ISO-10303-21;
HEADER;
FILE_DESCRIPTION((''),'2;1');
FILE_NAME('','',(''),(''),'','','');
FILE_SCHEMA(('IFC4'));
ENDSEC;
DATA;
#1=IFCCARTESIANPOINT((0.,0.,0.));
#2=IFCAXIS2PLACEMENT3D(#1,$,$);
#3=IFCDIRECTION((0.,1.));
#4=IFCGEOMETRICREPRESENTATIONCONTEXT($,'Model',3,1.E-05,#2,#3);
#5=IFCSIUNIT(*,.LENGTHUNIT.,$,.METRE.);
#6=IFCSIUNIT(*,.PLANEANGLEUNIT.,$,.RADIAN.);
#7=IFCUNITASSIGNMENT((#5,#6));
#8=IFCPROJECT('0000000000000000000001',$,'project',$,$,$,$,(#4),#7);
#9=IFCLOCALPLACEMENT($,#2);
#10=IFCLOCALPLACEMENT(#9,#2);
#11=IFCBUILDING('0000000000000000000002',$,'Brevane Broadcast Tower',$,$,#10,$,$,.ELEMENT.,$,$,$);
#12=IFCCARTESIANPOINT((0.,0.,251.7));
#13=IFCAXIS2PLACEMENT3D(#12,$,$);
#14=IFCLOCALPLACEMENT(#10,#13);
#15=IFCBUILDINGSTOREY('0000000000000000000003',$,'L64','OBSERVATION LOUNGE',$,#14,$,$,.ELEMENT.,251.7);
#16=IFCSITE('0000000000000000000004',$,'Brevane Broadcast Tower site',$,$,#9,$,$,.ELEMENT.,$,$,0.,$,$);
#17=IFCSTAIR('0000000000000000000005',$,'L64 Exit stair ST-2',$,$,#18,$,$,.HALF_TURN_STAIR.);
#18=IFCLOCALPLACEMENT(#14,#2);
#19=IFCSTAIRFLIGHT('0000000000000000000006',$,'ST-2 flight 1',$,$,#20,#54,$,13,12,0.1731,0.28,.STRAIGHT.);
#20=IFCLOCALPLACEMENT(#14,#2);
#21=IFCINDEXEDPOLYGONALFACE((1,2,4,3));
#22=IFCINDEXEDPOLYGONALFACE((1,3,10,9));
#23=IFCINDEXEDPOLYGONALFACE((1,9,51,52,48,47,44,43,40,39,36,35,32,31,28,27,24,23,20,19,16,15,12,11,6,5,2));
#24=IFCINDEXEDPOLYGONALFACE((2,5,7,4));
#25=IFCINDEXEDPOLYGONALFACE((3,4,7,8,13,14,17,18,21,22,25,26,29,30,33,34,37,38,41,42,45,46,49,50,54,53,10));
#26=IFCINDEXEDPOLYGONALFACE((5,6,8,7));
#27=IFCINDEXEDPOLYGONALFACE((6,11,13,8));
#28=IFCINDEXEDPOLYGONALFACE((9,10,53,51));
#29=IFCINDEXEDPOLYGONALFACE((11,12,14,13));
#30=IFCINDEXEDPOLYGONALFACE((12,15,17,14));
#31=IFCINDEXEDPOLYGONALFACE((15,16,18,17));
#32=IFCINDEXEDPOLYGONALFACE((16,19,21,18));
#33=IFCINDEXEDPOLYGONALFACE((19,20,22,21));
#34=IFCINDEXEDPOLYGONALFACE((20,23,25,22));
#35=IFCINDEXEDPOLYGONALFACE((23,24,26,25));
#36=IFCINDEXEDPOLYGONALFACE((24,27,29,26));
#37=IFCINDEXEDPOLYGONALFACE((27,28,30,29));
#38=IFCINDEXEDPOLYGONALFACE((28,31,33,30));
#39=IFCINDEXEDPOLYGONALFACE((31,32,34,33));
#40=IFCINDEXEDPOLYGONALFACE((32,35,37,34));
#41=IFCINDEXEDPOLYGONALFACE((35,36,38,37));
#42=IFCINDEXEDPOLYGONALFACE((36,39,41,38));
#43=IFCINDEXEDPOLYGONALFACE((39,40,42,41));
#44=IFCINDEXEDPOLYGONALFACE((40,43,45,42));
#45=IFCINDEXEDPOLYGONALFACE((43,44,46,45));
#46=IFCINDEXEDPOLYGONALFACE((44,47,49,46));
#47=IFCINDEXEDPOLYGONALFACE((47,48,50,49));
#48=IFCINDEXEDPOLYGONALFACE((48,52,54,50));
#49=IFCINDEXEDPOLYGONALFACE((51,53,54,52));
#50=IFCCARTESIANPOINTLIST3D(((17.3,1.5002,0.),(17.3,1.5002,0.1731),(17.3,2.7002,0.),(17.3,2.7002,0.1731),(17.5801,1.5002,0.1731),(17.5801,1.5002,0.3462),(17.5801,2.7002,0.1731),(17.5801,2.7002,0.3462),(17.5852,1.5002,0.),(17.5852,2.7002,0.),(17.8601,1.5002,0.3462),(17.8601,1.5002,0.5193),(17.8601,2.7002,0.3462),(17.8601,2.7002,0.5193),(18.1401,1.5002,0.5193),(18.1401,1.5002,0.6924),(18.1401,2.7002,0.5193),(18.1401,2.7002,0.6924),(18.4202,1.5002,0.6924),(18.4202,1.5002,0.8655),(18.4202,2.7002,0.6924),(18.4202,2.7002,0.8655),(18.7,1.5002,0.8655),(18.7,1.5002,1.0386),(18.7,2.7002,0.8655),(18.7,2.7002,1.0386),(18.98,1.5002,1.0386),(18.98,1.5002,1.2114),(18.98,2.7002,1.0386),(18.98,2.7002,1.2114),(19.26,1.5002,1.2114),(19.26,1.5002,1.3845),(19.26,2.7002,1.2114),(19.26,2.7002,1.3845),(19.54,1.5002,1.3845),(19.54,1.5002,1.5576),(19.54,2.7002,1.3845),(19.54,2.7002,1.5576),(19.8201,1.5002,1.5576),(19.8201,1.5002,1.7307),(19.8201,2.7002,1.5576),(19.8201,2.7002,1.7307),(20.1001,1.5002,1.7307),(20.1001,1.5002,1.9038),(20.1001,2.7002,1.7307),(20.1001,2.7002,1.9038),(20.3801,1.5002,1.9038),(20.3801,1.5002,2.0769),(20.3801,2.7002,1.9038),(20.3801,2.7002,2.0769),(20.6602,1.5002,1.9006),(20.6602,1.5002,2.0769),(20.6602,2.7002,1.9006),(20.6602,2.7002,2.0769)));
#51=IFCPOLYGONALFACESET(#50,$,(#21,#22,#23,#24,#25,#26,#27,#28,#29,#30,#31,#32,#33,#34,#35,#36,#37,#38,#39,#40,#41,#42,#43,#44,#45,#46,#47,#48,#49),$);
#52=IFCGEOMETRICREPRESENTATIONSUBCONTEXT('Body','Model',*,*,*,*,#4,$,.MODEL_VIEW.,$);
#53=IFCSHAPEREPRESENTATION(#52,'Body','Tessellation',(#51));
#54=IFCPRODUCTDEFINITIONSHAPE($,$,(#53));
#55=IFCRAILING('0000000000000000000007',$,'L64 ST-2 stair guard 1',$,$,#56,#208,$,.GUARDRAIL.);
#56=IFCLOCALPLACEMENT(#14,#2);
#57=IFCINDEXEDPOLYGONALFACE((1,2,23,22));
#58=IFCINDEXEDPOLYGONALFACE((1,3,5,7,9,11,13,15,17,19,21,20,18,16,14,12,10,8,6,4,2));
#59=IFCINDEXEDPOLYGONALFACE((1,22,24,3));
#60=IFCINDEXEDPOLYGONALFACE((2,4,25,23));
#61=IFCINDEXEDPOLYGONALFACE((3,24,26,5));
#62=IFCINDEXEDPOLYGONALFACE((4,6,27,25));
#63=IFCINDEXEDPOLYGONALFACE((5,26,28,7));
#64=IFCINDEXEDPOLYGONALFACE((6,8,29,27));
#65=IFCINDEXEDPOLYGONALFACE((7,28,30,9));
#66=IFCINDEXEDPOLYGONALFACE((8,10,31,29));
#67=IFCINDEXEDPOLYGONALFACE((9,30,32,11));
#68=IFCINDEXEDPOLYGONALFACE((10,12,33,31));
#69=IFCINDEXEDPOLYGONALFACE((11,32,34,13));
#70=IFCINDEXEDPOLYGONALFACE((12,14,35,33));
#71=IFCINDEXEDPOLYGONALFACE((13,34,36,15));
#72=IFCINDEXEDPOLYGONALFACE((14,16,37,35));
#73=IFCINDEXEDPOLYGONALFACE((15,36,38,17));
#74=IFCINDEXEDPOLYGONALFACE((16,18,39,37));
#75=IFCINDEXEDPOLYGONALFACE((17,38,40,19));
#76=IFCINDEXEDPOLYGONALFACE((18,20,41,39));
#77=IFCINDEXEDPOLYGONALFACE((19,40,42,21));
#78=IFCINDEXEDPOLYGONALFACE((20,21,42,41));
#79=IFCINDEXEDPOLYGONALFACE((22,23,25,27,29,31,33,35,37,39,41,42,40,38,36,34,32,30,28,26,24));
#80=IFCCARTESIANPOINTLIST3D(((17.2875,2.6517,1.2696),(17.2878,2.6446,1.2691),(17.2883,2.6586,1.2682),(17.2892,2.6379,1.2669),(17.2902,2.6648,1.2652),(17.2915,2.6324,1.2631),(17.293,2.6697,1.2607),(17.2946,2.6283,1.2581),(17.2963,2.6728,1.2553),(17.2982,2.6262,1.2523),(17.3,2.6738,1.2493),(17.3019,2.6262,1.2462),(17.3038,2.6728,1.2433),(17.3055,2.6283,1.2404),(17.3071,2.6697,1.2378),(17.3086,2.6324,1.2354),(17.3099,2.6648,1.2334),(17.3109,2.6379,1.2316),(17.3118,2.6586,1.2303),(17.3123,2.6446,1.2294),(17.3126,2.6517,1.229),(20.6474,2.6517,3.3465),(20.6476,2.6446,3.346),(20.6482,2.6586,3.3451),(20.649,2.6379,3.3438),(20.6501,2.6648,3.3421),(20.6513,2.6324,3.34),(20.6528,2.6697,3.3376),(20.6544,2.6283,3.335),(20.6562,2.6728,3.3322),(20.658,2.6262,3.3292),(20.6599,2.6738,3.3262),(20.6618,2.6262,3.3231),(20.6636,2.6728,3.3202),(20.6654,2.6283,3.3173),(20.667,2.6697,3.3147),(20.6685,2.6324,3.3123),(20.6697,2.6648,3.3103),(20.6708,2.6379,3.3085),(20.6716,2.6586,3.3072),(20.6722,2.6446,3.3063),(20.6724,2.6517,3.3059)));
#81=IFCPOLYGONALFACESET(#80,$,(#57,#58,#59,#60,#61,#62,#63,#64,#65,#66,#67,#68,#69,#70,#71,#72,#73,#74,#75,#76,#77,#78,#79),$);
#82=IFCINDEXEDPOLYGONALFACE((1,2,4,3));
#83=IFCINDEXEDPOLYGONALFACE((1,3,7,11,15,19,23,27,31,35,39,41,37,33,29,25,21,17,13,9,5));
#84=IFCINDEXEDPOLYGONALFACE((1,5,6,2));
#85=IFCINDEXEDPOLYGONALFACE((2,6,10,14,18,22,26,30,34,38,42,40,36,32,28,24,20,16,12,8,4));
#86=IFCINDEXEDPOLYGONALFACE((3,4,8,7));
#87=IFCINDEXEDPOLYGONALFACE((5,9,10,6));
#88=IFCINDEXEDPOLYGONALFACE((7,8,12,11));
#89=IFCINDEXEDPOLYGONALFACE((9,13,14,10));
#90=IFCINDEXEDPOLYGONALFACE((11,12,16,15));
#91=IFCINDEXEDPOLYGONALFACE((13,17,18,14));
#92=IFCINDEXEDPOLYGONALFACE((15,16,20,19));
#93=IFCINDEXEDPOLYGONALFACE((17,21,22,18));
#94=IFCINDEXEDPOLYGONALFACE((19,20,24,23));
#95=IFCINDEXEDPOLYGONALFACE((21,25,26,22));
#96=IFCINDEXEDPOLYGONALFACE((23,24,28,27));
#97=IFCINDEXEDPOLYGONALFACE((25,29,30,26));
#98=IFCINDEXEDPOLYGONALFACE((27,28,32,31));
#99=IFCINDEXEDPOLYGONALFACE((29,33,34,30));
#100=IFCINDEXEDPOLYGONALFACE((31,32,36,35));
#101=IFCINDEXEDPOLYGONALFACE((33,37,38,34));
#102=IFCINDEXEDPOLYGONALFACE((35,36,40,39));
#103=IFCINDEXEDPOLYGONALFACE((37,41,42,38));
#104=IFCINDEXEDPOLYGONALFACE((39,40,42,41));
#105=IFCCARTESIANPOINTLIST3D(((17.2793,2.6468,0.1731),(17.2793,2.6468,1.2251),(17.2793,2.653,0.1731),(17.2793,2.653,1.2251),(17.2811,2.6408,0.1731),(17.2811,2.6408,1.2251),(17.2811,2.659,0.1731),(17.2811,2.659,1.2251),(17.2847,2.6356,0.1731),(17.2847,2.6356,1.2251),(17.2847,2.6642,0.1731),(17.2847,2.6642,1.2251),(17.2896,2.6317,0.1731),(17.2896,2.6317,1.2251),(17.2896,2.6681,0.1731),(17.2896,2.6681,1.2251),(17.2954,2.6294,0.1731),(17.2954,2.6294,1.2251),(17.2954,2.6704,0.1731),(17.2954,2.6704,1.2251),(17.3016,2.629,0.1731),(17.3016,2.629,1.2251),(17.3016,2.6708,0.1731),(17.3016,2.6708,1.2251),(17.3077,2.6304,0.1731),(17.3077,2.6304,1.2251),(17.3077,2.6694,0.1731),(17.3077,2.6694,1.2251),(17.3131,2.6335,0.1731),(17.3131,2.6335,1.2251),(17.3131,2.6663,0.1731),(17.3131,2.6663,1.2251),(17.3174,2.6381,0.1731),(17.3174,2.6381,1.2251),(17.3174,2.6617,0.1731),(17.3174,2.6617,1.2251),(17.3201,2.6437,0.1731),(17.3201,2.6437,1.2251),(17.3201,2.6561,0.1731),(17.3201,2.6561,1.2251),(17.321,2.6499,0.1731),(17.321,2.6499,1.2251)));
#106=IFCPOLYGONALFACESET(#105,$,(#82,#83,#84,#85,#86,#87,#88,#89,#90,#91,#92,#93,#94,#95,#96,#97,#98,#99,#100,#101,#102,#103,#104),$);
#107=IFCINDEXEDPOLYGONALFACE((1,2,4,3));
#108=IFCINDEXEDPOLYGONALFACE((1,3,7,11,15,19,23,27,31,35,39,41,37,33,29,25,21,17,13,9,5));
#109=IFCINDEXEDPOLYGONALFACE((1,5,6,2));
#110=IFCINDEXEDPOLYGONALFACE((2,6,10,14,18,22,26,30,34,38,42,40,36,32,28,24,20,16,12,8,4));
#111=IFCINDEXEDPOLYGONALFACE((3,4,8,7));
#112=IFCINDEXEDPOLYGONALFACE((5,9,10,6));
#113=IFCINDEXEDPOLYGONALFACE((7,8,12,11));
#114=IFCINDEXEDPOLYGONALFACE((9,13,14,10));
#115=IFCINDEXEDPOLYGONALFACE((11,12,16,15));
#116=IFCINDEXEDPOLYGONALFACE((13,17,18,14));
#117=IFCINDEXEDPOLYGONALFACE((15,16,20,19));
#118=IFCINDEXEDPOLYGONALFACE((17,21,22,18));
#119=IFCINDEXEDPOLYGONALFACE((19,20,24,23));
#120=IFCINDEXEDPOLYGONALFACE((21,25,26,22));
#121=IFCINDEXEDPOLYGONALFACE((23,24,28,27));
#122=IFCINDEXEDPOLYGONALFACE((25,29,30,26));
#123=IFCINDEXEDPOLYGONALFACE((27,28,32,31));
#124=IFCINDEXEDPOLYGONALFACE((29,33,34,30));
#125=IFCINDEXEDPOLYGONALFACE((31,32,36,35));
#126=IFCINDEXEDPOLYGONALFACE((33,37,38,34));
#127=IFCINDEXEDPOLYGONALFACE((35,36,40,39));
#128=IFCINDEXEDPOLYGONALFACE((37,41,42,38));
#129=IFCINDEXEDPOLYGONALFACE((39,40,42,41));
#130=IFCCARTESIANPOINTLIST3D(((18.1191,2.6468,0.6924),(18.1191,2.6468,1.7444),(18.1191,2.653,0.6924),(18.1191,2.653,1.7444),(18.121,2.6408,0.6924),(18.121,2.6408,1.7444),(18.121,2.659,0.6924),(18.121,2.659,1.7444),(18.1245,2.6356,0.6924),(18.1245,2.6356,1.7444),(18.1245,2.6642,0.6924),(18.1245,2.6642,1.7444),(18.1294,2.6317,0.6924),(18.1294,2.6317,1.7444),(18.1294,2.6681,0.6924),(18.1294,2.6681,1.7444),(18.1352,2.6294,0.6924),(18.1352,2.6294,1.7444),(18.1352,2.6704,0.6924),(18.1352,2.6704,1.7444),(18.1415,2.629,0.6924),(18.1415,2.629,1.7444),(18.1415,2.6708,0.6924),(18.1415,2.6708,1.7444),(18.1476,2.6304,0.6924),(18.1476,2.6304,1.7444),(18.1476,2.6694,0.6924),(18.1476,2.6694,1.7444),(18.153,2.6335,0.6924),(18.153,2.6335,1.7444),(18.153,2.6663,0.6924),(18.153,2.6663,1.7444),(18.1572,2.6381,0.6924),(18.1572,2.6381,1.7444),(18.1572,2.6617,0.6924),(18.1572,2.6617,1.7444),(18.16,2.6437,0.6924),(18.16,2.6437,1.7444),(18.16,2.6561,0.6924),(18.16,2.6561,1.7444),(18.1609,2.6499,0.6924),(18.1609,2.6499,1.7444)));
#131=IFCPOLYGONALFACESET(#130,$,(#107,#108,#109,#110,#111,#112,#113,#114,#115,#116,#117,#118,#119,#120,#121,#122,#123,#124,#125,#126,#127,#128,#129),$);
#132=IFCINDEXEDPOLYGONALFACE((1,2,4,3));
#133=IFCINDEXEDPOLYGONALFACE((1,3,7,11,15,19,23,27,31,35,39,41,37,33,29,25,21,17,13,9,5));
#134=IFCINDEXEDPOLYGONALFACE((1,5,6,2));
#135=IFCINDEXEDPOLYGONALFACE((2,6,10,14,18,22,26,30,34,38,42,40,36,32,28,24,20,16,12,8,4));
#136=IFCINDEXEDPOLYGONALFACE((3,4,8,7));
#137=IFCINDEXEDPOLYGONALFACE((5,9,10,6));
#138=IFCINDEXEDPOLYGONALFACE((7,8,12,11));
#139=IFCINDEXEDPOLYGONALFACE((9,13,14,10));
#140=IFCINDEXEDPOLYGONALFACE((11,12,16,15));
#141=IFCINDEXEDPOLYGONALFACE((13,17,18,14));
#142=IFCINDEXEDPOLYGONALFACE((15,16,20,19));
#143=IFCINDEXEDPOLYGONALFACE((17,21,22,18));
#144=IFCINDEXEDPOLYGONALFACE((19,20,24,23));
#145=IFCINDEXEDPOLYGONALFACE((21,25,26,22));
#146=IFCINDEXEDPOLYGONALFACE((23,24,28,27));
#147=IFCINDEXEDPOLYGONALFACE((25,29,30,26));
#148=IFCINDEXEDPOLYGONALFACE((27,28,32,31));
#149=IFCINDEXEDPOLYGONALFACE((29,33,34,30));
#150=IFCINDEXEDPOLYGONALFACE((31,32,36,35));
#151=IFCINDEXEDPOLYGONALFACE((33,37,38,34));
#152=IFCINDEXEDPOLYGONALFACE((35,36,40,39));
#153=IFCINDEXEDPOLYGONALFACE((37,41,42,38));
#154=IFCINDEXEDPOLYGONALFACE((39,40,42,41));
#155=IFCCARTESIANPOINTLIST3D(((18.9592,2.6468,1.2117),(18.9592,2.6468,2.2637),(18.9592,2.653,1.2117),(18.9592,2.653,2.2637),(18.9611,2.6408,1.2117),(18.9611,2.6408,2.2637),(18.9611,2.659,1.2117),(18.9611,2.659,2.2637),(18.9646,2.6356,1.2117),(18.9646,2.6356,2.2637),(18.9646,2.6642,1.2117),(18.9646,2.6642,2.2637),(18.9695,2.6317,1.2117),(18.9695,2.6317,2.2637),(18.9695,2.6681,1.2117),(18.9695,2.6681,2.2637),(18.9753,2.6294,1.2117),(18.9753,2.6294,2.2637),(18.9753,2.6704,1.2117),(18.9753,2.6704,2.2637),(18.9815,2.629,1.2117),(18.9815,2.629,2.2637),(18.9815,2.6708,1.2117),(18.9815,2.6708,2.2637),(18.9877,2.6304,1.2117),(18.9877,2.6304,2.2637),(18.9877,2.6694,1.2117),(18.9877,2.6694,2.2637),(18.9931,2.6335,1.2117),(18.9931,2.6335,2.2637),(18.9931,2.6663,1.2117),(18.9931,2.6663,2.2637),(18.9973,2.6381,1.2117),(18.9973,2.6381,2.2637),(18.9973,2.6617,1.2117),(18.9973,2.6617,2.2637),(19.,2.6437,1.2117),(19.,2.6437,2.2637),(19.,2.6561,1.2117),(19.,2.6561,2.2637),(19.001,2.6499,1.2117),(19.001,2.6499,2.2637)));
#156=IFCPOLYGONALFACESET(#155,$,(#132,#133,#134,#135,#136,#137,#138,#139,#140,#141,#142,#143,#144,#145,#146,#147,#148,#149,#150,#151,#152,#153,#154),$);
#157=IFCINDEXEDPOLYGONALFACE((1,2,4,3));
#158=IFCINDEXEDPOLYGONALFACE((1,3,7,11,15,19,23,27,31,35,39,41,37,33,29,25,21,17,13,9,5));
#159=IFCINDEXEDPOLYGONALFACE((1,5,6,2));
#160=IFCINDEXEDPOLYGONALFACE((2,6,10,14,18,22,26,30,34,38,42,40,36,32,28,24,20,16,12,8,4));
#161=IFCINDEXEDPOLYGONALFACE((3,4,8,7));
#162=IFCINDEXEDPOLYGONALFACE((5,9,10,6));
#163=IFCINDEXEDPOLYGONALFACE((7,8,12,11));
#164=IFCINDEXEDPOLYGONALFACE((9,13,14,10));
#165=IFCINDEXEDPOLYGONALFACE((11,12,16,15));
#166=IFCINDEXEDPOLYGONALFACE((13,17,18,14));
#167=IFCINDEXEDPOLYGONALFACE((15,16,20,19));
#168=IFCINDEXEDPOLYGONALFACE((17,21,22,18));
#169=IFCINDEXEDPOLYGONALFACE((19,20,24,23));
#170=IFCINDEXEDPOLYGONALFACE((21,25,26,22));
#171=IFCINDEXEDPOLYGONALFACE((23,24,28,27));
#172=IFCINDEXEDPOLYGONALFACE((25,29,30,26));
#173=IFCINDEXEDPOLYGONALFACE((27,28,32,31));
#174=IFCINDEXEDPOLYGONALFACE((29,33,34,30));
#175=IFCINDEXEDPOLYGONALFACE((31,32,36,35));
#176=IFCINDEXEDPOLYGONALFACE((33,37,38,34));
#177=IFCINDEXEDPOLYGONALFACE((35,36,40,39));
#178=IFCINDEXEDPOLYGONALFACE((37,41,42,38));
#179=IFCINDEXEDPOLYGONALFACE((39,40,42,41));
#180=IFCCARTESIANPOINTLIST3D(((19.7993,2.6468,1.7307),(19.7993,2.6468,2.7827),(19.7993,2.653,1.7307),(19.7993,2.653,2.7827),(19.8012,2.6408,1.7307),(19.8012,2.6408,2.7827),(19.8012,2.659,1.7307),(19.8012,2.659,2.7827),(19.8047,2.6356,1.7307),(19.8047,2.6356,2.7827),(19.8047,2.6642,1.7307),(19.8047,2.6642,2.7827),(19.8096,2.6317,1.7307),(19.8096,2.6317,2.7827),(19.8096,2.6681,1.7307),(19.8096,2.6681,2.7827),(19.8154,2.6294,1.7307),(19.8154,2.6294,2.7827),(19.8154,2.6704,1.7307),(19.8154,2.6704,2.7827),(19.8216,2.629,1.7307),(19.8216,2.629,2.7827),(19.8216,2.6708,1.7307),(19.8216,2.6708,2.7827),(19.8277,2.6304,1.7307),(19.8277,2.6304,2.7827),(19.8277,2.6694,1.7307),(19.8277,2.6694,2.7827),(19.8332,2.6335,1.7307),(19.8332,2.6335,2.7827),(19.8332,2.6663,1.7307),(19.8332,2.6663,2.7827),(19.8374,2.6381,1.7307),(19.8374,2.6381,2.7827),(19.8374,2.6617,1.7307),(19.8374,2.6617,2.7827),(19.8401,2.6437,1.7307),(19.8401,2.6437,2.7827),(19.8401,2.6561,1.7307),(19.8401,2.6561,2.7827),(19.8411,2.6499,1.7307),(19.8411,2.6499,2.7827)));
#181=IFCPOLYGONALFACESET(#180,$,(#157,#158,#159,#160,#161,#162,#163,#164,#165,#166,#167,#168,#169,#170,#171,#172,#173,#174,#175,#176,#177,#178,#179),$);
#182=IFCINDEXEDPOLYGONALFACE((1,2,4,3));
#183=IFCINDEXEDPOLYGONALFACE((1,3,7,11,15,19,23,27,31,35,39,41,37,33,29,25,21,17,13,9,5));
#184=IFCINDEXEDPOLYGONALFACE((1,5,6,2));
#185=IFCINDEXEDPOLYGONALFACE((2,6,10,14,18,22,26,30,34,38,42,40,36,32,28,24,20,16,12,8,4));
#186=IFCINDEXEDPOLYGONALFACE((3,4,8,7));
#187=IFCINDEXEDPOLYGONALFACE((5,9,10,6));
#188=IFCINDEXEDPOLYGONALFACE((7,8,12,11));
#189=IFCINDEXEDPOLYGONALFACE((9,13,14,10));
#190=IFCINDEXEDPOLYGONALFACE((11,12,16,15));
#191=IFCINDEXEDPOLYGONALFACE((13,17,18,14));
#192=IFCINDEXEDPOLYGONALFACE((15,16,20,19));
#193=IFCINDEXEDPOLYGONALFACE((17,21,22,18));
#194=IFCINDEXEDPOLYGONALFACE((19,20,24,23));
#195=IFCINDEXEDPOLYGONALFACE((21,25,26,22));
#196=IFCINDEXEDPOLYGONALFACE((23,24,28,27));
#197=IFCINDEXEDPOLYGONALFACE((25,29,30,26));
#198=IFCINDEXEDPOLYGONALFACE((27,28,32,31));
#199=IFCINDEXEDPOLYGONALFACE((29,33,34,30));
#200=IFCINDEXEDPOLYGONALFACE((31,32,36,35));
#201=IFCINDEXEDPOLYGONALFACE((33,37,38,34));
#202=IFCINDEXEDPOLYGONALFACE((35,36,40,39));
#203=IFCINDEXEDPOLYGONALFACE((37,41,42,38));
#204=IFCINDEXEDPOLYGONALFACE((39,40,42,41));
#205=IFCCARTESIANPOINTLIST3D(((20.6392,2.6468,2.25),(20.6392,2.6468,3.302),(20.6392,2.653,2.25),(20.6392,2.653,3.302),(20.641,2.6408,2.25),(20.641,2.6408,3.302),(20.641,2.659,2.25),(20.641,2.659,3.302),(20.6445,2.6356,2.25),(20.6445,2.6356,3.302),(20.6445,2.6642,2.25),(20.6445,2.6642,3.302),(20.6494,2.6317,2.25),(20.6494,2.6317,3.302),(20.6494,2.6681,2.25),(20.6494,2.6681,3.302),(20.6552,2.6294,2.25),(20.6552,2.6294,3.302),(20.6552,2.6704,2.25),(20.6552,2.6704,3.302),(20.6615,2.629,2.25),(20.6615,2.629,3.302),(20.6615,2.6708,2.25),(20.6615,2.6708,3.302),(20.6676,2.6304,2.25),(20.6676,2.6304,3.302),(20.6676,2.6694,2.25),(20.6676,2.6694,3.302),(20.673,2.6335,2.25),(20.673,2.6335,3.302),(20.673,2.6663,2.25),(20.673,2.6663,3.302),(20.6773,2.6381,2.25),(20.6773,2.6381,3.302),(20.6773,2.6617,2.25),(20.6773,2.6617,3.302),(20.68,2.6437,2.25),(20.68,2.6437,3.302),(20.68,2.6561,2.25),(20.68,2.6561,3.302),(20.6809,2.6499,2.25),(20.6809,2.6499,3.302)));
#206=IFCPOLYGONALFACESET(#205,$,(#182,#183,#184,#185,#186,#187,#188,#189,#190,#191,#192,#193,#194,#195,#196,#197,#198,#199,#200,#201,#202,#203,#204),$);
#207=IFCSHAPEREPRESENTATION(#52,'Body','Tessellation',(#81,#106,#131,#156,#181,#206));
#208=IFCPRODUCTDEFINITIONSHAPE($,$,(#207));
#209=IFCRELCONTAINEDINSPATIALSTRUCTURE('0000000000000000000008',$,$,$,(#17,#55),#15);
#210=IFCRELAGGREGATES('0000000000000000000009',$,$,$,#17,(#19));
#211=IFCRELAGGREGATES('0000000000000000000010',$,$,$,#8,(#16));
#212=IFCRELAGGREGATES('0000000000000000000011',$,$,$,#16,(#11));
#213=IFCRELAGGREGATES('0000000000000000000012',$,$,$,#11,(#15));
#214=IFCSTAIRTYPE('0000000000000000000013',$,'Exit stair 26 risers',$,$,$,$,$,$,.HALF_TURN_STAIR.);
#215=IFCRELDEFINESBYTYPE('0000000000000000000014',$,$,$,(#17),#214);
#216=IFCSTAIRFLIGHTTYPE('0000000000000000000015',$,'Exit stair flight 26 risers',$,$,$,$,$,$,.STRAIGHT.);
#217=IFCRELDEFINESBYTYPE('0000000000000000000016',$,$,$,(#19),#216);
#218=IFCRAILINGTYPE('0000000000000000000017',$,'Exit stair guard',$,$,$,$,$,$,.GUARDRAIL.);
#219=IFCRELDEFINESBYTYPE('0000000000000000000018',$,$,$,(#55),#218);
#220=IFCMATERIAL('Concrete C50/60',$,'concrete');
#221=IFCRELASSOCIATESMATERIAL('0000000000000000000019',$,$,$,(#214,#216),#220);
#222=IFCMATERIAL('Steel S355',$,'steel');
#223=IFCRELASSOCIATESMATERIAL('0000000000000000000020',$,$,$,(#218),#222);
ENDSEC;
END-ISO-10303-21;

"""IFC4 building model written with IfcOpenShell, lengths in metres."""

from ifc_helpers import new_model, si_unit, direction, frame, origin, origin_2d, place, context, subcontext, project, spatial, polyline, circle, outline, extrude, material, type_object, element, aggregate, save


model = new_model("IFC4")

# Units and contexts
model_context = context("Model", 3, precision=1e-05, world=origin(), true_north=direction((0.0, 1.0)))
body_context = subcontext(model_context, "Body", "Model", "MODEL_VIEW")
ifc_project = project(units=[si_unit("LENGTHUNIT", "METRE"), si_unit("PLANEANGLEUNIT", "RADIAN")], contexts=[model_context])

# Site, building, storey
site_placement = place(None, origin())
site = spatial("IfcSite", under=ifc_project, at=site_placement, Name="Brevane Broadcast Tower site", CompositionType="ELEMENT", RefElevation=0.0)
building_placement = place(site_placement, origin())
building = spatial("IfcBuilding", under=site, at=building_placement, Name="Brevane Broadcast Tower", CompositionType="ELEMENT")
storey_placement = place(building_placement, frame((0.0, 0.0, 251.7)))
storey = spatial("IfcBuildingStorey", under=building, at=storey_placement, Name="L64", Description="OBSERVATION LOUNGE", CompositionType="ELEMENT", Elevation=251.7)

# Shared definitions
ifc_material_1 = material(Name="Concrete C50/60", Category="concrete")

# Stair, stair flight
stair_type = type_object("IfcStairType", Name="Exit stair 26 risers", PredefinedType="HALF_TURN_STAIR", material=ifc_material_1)
stair_placement = place(storey_placement, origin())
stair = element("IfcStair", 1, at=stair_placement, inside=storey, type_object=stair_type, Name="L64 Exit stair ST-2", PredefinedType="HALF_TURN_STAIR")
stair_flight_type = type_object("IfcStairFlightType", Name="Exit stair flight 26 risers", PredefinedType="STRAIGHT", material=ifc_material_1)
stair_flight_placement = place(storey_placement, frame((17.3, 2.1001, 0.0), z_axis=(0.0, 0.0, 1.0), x_axis=(1.0, 0.0, 0.0)))
stair_flight = element("IfcStairFlight", 2, at=stair_flight_placement, type_object=stair_flight_type, Name="ST-2 flight 1", NumberOfRisers=13, NumberOfTreads=12, PredefinedType="STRAIGHT", RiserHeight=0.1731, TreadLength=0.28, context=body_context, shape_type="SweptSolid", body=[
    extrude(outline(polyline([(0.0, 0.0), (0.0, 0.1731), (0.28, 0.1731), (0.28, 0.3462), (0.5601, 0.3462), (0.5601, 0.5193), (0.8401, 0.5193), (0.8401, 0.6924), (1.1201, 0.6924), (1.1201, 0.8655), (1.3999, 0.8655), (1.3999, 1.0386), (1.6799, 1.0386), (1.6799, 1.2114), (1.96, 1.2114), (1.96, 1.3845), (2.24, 1.3845), (2.24, 1.5576), (2.52, 1.5576), (2.52, 1.7307), (2.8, 1.7307), (2.8, 1.9038), (3.0801, 1.9038), (3.0801, 2.0769), (3.3601, 2.0769), (3.3601, 2.25), (3.3601, 1.9006), (0.2852, 0.0), (0.0, 0.0)])), frame((0.0, 0.6001, 0.0), z_axis=(0.0, -1.0, 0.0), x_axis=(1.0, 0.0, 0.0)), (0.0, 0.0, 1.0), 1.2),
])
aggregate(stair, [stair_flight])

# Railing
ifc_material_2 = material(Name="Steel S355", Category="steel")
railing_type_1 = type_object("IfcRailingType", Name="Exit stair guard", PredefinedType="GUARDRAIL", material=ifc_material_2)
railing_1_placement = place(storey_placement, frame((17.3, 2.6499, 0.1731)))
element("IfcRailing", 3, at=railing_1_placement, inside=storey, type_object=railing_type_1, Name="L64 ST-2 stair guard 1", PredefinedType="GUARDRAIL", context=body_context, shape_type="SweptSolid", body=[
    extrude(circle(Radius=0.0239, at=origin_2d()), frame((0.0, 0.0, 1.0762), z_axis=(0.850606, 0.0, 0.525803), x_axis=(0.0, 1.0, 0.0)), (0.0, 0.0, 1.0), 3.95),
    extrude(circle(Radius=0.021, at=origin_2d()), origin(), (0.0, 0.0, 1.0), 1.052),
    extrude(circle(Radius=0.021, at=origin_2d()), frame((0.8398, 0.0, 0.5193)), (0.0, 0.0, 1.0), 1.052),
    extrude(circle(Radius=0.021, at=origin_2d()), frame((1.6799, 0.0, 1.0386)), (0.0, 0.0, 1.0), 1.052),
    extrude(circle(Radius=0.021, at=origin_2d()), frame((2.52, 0.0, 1.5576)), (0.0, 0.0, 1.0), 1.052),
    extrude(circle(Radius=0.021, at=origin_2d()), frame((3.3599, 0.0, 2.0769)), (0.0, 0.0, 1.0), 1.052),
])

save(model, "model.ifc")
